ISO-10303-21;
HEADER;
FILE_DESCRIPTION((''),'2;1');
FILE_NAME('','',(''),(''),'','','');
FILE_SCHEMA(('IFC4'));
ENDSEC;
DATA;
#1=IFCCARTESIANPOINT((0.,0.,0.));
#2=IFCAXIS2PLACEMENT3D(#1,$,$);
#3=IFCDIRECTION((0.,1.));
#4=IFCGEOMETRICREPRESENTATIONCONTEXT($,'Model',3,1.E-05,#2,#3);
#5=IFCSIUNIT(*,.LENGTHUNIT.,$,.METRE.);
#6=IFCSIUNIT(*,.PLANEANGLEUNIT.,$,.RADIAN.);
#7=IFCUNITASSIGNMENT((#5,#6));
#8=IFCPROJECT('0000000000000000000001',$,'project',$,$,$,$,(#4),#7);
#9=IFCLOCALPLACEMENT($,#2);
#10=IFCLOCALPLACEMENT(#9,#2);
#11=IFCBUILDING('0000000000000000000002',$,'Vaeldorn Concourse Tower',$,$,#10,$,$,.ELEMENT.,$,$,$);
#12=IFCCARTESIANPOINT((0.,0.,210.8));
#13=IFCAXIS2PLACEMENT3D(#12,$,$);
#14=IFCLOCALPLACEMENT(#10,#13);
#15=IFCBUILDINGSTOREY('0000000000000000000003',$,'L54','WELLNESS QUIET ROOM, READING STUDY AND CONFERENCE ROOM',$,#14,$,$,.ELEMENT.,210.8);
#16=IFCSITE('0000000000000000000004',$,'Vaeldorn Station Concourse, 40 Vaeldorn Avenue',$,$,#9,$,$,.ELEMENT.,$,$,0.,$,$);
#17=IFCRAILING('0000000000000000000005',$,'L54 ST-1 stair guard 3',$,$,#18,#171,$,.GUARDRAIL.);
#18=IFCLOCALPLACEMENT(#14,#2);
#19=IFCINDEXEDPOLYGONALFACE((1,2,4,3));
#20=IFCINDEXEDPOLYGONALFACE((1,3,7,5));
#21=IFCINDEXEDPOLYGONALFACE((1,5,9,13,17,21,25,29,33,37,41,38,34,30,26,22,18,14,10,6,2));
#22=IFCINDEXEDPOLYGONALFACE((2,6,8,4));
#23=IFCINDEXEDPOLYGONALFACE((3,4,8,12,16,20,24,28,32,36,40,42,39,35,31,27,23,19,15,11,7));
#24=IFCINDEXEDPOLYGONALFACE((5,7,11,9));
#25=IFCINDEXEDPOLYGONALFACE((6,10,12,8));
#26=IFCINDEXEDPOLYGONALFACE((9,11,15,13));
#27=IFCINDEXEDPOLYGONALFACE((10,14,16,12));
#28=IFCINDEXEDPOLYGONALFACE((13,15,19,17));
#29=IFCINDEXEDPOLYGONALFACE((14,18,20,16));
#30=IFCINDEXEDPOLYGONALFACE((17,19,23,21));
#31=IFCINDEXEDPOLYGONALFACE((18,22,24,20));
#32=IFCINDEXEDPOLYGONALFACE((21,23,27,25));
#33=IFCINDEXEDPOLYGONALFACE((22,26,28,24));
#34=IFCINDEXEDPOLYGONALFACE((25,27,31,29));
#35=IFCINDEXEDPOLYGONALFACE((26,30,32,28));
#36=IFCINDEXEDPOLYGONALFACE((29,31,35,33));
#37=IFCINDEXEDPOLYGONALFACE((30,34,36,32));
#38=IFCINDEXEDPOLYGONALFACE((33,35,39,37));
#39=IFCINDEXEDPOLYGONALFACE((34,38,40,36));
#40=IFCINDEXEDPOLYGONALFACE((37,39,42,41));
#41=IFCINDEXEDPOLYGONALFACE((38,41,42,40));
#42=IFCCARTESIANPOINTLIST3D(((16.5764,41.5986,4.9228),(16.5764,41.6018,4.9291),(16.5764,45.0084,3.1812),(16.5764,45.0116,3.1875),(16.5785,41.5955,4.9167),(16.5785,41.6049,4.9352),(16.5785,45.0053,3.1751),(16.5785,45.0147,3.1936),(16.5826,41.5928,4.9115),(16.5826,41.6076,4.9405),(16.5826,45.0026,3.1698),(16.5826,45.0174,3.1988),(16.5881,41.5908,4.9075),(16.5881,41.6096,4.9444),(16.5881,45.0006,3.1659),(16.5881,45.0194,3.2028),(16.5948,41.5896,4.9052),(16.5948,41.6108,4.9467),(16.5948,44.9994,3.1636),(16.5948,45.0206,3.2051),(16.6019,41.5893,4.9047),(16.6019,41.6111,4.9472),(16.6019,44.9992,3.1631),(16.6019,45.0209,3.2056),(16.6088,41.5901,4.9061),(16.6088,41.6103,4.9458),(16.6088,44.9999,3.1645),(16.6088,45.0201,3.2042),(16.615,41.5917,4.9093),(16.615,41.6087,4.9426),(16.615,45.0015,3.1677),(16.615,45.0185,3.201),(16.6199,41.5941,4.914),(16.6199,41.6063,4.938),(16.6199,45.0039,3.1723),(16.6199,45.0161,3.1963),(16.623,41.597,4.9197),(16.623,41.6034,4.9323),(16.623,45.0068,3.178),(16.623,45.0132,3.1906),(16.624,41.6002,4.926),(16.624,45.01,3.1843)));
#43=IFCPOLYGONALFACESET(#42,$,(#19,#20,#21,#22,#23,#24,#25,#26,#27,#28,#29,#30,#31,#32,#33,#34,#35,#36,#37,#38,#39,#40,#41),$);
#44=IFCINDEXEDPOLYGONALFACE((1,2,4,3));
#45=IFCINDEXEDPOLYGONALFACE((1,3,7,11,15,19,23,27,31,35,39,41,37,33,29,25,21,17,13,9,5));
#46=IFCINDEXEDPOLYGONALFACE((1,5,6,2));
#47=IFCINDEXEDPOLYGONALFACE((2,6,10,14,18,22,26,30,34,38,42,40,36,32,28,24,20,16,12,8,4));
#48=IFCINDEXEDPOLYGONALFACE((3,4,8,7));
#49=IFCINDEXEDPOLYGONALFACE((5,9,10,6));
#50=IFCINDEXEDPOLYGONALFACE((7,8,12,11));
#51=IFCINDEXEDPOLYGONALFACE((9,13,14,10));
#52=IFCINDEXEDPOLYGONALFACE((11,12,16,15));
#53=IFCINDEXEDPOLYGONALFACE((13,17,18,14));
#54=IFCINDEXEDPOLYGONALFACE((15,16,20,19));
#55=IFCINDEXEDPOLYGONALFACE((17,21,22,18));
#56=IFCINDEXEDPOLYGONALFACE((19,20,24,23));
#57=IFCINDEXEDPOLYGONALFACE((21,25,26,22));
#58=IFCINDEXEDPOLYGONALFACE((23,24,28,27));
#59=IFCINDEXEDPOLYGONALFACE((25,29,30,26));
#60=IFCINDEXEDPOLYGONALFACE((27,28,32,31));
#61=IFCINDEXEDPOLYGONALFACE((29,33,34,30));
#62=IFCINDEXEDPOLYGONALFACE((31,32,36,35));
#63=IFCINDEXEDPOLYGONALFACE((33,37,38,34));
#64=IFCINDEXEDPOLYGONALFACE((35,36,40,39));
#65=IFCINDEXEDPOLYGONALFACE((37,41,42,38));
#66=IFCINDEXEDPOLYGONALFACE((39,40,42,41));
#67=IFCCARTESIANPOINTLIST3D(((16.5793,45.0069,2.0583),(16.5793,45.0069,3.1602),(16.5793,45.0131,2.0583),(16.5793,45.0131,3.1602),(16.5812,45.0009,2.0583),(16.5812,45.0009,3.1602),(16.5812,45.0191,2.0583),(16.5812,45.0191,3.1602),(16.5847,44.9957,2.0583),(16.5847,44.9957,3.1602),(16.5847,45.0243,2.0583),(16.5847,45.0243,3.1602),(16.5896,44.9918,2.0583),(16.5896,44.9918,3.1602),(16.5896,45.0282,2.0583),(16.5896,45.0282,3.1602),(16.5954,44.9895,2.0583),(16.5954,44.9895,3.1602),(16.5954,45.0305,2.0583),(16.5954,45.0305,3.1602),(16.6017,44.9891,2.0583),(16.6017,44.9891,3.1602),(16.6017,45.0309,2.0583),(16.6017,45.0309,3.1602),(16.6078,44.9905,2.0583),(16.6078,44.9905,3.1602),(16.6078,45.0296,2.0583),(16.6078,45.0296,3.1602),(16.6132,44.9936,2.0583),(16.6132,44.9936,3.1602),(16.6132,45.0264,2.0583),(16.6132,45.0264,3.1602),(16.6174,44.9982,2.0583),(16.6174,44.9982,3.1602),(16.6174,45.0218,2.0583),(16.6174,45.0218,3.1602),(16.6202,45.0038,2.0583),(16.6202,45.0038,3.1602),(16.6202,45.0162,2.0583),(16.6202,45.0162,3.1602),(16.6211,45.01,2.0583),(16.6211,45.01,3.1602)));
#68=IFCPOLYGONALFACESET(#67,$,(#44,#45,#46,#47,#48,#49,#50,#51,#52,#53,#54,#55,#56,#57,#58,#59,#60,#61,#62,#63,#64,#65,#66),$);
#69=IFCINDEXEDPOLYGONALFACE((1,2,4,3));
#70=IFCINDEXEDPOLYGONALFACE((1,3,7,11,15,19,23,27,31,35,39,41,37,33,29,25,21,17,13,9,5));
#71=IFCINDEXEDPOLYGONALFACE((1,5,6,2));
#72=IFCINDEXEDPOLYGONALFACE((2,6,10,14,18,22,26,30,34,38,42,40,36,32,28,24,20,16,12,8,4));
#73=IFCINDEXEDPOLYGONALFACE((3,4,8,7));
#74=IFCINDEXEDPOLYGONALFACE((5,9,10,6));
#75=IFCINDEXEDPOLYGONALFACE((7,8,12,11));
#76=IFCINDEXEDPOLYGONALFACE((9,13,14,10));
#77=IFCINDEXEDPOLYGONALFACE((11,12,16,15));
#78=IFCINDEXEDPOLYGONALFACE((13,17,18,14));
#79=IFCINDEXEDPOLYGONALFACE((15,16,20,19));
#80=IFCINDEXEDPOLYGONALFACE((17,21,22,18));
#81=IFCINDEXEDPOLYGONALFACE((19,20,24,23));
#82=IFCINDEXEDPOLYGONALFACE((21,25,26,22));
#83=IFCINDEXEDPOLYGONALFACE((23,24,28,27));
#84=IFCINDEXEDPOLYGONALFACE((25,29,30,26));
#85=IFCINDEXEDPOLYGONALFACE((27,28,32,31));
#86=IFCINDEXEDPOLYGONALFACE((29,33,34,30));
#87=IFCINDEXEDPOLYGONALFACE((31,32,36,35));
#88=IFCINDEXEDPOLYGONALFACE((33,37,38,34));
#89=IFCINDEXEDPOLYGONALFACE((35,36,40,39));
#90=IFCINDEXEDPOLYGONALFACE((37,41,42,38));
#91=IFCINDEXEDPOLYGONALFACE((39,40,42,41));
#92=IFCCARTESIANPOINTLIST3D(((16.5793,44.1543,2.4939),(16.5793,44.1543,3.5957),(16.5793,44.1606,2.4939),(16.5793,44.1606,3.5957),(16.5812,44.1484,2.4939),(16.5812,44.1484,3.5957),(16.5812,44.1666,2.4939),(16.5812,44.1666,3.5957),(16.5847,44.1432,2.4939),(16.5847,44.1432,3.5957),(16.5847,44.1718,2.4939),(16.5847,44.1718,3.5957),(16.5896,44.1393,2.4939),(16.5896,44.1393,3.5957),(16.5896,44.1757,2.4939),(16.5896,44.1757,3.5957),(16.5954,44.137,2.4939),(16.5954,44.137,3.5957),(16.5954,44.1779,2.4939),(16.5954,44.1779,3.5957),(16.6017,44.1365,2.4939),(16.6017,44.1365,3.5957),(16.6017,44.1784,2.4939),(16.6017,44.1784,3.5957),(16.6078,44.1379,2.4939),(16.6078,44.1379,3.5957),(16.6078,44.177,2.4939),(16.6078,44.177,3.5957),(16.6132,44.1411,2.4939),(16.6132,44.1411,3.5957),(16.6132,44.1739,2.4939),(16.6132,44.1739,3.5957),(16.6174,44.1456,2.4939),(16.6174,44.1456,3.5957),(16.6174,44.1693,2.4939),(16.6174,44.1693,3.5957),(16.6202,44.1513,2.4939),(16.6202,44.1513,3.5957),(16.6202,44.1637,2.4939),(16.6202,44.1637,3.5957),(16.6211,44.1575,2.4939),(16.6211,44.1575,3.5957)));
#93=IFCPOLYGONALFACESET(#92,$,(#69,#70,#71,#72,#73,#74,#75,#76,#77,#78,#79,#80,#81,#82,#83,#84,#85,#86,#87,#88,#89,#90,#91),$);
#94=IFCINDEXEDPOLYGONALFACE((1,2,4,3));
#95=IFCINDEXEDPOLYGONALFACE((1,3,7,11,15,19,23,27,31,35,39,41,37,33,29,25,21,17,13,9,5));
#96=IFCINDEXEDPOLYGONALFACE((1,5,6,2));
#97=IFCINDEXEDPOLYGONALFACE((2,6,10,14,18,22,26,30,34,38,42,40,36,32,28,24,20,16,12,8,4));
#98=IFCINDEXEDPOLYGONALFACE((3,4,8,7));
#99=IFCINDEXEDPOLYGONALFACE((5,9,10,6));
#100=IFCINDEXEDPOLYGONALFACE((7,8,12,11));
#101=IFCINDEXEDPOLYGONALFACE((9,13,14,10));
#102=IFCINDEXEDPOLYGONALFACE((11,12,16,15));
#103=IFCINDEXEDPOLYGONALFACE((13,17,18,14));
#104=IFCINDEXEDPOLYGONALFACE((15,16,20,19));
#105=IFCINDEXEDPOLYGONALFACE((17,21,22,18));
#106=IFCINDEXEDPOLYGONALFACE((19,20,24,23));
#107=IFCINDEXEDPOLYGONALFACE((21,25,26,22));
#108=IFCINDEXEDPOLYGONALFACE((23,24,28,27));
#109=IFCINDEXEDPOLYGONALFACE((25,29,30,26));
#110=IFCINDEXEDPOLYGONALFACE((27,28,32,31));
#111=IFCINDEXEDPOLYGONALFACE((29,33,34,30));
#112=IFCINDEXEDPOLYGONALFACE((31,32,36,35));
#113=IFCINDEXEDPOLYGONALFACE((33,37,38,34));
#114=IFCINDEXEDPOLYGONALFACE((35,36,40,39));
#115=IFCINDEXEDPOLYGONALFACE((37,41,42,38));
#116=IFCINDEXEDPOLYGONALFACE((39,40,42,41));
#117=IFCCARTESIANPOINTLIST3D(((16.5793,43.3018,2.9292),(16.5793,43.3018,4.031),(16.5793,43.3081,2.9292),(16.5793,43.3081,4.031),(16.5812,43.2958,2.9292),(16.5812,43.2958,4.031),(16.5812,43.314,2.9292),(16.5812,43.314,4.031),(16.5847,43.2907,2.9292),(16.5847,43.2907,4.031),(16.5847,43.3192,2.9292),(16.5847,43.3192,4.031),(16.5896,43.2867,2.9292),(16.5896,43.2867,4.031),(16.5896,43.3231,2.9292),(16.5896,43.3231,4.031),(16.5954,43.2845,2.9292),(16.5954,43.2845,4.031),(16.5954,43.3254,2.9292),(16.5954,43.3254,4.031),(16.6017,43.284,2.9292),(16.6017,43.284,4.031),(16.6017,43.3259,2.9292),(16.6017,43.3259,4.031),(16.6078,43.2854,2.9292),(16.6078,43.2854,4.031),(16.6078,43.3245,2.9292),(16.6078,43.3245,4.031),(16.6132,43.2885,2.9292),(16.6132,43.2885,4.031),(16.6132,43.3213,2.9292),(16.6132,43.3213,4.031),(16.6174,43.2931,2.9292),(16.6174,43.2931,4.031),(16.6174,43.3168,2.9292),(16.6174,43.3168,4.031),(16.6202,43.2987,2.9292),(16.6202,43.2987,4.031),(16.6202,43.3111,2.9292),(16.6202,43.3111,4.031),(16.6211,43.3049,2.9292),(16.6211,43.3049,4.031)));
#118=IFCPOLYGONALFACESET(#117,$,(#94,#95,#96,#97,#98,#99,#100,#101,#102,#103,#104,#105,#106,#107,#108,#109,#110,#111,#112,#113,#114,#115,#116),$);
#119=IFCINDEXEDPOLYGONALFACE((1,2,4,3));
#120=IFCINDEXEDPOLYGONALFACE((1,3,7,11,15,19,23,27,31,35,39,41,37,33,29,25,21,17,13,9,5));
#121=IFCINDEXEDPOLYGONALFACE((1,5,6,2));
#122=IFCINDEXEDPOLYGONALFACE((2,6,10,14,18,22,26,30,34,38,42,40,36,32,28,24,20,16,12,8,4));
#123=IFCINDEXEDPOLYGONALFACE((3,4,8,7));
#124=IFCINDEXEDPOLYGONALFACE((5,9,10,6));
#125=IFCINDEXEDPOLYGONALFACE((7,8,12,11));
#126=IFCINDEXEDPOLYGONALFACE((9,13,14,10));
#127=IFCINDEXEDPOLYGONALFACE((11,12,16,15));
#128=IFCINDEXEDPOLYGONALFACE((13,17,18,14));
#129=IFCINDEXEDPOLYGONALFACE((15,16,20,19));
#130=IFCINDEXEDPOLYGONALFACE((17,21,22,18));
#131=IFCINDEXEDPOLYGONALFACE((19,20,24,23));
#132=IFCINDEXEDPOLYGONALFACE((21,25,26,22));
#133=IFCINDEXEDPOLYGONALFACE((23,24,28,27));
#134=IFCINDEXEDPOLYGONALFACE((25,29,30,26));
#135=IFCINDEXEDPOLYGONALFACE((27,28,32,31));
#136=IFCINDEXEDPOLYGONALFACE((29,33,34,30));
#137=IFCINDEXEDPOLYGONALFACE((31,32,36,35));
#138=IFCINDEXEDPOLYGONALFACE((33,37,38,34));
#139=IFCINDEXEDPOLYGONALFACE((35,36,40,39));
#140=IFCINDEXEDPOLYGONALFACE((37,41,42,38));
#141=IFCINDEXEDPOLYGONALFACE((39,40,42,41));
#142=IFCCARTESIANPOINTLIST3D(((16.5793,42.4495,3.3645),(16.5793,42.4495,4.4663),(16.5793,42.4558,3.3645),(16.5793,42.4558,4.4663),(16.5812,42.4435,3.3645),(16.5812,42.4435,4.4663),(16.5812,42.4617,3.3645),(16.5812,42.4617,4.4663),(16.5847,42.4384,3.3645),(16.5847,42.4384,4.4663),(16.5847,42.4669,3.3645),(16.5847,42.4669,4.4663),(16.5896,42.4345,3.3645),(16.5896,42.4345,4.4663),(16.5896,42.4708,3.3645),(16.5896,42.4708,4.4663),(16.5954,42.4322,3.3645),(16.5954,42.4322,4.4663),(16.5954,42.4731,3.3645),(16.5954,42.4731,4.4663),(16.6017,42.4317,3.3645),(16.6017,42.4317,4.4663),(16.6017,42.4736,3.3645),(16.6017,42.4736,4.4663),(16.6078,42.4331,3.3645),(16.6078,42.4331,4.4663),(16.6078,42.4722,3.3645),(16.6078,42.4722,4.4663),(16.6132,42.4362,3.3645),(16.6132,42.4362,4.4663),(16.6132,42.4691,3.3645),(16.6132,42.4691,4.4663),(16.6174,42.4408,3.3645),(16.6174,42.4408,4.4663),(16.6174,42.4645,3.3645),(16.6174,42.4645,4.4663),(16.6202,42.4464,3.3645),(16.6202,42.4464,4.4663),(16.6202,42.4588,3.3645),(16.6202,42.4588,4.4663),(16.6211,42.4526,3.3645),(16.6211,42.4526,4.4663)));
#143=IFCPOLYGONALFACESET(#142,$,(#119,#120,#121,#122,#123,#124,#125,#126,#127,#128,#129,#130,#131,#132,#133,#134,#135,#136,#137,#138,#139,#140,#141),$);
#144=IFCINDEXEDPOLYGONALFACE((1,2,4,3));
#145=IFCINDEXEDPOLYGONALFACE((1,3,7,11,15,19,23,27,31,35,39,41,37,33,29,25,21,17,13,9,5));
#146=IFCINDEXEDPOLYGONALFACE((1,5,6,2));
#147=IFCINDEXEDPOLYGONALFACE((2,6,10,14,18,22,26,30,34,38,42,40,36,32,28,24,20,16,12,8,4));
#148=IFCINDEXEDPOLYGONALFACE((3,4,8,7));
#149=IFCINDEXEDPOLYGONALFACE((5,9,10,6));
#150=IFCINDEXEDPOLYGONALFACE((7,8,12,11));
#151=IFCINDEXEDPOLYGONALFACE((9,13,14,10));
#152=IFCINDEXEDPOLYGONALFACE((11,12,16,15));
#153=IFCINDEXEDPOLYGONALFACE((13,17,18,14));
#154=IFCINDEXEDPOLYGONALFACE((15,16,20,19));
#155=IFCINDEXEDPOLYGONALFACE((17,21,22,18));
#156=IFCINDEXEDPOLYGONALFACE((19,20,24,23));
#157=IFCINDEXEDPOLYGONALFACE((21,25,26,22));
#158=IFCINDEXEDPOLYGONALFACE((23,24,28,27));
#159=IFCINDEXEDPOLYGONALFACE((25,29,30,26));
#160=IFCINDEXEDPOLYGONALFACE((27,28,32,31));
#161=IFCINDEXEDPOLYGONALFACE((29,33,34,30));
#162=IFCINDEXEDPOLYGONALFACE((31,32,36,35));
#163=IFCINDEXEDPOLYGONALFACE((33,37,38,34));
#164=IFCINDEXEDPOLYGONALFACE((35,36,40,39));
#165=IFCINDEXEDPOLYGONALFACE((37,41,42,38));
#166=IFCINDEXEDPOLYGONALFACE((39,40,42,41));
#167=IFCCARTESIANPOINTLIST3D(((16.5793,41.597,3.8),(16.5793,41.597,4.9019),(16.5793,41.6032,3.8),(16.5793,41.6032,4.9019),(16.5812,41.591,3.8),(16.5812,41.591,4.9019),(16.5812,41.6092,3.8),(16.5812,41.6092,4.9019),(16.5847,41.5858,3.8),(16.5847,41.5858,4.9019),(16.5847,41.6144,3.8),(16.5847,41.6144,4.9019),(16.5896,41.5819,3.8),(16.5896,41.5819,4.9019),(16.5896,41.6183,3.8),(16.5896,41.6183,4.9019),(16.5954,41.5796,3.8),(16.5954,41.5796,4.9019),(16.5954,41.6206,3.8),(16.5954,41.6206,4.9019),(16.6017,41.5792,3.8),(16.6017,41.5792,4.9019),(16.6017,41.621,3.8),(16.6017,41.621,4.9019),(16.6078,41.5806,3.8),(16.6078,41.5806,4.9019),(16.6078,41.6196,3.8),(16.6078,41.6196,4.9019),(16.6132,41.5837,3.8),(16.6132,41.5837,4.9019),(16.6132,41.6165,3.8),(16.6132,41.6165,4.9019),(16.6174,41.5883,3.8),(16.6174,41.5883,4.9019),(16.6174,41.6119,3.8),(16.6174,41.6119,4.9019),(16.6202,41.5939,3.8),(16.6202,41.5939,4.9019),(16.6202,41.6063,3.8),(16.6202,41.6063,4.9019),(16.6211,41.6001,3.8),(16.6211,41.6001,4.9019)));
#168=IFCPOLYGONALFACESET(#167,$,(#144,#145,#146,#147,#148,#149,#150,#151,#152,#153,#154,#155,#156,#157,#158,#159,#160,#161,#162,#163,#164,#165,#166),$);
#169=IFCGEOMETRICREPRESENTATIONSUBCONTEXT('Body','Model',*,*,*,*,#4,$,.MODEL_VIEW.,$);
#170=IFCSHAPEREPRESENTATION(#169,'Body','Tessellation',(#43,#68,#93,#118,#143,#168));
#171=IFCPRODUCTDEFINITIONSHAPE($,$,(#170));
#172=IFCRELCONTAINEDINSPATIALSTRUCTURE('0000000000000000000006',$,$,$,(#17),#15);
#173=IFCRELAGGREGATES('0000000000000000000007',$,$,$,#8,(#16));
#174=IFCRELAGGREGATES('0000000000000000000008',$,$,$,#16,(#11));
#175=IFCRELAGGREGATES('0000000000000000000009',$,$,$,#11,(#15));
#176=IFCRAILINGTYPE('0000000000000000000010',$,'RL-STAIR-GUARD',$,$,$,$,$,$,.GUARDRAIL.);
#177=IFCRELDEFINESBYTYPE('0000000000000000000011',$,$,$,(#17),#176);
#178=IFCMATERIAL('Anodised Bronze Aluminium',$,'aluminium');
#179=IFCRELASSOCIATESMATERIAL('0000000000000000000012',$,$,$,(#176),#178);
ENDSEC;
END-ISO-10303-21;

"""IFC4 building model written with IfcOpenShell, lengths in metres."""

from ifc_helpers import new_model, si_unit, direction, frame, origin, origin_2d, place, context, subcontext, project, spatial, circle, extrude, material, type_object, element, save


model = new_model("IFC4")

# Units and contexts
model_context = context("Model", 3, precision=1e-05, world=origin(), true_north=direction((0.0, 1.0)))
body_context = subcontext(model_context, "Body", "Model", "MODEL_VIEW")
ifc_project = project(units=[si_unit("LENGTHUNIT", "METRE"), si_unit("PLANEANGLEUNIT", "RADIAN")], contexts=[model_context])

# Site, building, storey
site_placement = place(None, origin())
site = spatial("IfcSite", under=ifc_project, at=site_placement, Name="Vaeldorn Station Concourse, 40 Vaeldorn Avenue", CompositionType="ELEMENT", RefElevation=0.0)
building_placement = place(site_placement, origin())
building = spatial("IfcBuilding", under=site, at=building_placement, Name="Vaeldorn Concourse Tower", CompositionType="ELEMENT")
storey_placement = place(building_placement, frame((0.0, 0.0, 210.8)))
storey = spatial("IfcBuildingStorey", under=building, at=storey_placement, Name="L54", Description="WELLNESS QUIET ROOM, READING STUDY AND CONFERENCE ROOM", CompositionType="ELEMENT", Elevation=210.8)

# Shared definitions
ifc_material_1 = material(Name="Anodised Bronze Aluminium", Category="aluminium")

# Railing
railing_type_1 = type_object("IfcRailingType", Name="RL-STAIR-GUARD", PredefinedType="GUARDRAIL", material=ifc_material_1)
railing_1_placement = place(storey_placement, frame((16.6001, 45.01, 2.0583)))
element("IfcRailing", 1, at=railing_1_placement, inside=storey, type_object=railing_type_1, Name="L54 ST-1 stair guard 3", PredefinedType="GUARDRAIL", context=body_context, shape_type="SweptSolid", body=[
    extrude(circle(Radius=0.0239, at=origin_2d()), frame((0.0, 0.0, 1.126), z_axis=(0.0, -0.890556, 0.454874), x_axis=(1.0, 0.0, 0.0)), (0.0, 0.0, 1.0), 3.8289),
    extrude(circle(Radius=0.021, at=origin_2d()), origin(), (0.0, 0.0, 1.0), 1.1018),
    extrude(circle(Radius=0.021, at=origin_2d()), frame((0.0, -0.8525, 0.4355)), (0.0, 0.0, 1.0), 1.1018),
    extrude(circle(Radius=0.021, at=origin_2d()), frame((0.0, -1.7051, 0.8708)), (0.0, 0.0, 1.0), 1.1018),
    extrude(circle(Radius=0.021, at=origin_2d()), frame((0.0, -2.5574, 1.3062)), (0.0, 0.0, 1.0), 1.1018),
    extrude(circle(Radius=0.021, at=origin_2d()), frame((0.0, -3.4099, 1.7417)), (0.0, 0.0, 1.0), 1.1018),
])

save(model, "model.ifc")
